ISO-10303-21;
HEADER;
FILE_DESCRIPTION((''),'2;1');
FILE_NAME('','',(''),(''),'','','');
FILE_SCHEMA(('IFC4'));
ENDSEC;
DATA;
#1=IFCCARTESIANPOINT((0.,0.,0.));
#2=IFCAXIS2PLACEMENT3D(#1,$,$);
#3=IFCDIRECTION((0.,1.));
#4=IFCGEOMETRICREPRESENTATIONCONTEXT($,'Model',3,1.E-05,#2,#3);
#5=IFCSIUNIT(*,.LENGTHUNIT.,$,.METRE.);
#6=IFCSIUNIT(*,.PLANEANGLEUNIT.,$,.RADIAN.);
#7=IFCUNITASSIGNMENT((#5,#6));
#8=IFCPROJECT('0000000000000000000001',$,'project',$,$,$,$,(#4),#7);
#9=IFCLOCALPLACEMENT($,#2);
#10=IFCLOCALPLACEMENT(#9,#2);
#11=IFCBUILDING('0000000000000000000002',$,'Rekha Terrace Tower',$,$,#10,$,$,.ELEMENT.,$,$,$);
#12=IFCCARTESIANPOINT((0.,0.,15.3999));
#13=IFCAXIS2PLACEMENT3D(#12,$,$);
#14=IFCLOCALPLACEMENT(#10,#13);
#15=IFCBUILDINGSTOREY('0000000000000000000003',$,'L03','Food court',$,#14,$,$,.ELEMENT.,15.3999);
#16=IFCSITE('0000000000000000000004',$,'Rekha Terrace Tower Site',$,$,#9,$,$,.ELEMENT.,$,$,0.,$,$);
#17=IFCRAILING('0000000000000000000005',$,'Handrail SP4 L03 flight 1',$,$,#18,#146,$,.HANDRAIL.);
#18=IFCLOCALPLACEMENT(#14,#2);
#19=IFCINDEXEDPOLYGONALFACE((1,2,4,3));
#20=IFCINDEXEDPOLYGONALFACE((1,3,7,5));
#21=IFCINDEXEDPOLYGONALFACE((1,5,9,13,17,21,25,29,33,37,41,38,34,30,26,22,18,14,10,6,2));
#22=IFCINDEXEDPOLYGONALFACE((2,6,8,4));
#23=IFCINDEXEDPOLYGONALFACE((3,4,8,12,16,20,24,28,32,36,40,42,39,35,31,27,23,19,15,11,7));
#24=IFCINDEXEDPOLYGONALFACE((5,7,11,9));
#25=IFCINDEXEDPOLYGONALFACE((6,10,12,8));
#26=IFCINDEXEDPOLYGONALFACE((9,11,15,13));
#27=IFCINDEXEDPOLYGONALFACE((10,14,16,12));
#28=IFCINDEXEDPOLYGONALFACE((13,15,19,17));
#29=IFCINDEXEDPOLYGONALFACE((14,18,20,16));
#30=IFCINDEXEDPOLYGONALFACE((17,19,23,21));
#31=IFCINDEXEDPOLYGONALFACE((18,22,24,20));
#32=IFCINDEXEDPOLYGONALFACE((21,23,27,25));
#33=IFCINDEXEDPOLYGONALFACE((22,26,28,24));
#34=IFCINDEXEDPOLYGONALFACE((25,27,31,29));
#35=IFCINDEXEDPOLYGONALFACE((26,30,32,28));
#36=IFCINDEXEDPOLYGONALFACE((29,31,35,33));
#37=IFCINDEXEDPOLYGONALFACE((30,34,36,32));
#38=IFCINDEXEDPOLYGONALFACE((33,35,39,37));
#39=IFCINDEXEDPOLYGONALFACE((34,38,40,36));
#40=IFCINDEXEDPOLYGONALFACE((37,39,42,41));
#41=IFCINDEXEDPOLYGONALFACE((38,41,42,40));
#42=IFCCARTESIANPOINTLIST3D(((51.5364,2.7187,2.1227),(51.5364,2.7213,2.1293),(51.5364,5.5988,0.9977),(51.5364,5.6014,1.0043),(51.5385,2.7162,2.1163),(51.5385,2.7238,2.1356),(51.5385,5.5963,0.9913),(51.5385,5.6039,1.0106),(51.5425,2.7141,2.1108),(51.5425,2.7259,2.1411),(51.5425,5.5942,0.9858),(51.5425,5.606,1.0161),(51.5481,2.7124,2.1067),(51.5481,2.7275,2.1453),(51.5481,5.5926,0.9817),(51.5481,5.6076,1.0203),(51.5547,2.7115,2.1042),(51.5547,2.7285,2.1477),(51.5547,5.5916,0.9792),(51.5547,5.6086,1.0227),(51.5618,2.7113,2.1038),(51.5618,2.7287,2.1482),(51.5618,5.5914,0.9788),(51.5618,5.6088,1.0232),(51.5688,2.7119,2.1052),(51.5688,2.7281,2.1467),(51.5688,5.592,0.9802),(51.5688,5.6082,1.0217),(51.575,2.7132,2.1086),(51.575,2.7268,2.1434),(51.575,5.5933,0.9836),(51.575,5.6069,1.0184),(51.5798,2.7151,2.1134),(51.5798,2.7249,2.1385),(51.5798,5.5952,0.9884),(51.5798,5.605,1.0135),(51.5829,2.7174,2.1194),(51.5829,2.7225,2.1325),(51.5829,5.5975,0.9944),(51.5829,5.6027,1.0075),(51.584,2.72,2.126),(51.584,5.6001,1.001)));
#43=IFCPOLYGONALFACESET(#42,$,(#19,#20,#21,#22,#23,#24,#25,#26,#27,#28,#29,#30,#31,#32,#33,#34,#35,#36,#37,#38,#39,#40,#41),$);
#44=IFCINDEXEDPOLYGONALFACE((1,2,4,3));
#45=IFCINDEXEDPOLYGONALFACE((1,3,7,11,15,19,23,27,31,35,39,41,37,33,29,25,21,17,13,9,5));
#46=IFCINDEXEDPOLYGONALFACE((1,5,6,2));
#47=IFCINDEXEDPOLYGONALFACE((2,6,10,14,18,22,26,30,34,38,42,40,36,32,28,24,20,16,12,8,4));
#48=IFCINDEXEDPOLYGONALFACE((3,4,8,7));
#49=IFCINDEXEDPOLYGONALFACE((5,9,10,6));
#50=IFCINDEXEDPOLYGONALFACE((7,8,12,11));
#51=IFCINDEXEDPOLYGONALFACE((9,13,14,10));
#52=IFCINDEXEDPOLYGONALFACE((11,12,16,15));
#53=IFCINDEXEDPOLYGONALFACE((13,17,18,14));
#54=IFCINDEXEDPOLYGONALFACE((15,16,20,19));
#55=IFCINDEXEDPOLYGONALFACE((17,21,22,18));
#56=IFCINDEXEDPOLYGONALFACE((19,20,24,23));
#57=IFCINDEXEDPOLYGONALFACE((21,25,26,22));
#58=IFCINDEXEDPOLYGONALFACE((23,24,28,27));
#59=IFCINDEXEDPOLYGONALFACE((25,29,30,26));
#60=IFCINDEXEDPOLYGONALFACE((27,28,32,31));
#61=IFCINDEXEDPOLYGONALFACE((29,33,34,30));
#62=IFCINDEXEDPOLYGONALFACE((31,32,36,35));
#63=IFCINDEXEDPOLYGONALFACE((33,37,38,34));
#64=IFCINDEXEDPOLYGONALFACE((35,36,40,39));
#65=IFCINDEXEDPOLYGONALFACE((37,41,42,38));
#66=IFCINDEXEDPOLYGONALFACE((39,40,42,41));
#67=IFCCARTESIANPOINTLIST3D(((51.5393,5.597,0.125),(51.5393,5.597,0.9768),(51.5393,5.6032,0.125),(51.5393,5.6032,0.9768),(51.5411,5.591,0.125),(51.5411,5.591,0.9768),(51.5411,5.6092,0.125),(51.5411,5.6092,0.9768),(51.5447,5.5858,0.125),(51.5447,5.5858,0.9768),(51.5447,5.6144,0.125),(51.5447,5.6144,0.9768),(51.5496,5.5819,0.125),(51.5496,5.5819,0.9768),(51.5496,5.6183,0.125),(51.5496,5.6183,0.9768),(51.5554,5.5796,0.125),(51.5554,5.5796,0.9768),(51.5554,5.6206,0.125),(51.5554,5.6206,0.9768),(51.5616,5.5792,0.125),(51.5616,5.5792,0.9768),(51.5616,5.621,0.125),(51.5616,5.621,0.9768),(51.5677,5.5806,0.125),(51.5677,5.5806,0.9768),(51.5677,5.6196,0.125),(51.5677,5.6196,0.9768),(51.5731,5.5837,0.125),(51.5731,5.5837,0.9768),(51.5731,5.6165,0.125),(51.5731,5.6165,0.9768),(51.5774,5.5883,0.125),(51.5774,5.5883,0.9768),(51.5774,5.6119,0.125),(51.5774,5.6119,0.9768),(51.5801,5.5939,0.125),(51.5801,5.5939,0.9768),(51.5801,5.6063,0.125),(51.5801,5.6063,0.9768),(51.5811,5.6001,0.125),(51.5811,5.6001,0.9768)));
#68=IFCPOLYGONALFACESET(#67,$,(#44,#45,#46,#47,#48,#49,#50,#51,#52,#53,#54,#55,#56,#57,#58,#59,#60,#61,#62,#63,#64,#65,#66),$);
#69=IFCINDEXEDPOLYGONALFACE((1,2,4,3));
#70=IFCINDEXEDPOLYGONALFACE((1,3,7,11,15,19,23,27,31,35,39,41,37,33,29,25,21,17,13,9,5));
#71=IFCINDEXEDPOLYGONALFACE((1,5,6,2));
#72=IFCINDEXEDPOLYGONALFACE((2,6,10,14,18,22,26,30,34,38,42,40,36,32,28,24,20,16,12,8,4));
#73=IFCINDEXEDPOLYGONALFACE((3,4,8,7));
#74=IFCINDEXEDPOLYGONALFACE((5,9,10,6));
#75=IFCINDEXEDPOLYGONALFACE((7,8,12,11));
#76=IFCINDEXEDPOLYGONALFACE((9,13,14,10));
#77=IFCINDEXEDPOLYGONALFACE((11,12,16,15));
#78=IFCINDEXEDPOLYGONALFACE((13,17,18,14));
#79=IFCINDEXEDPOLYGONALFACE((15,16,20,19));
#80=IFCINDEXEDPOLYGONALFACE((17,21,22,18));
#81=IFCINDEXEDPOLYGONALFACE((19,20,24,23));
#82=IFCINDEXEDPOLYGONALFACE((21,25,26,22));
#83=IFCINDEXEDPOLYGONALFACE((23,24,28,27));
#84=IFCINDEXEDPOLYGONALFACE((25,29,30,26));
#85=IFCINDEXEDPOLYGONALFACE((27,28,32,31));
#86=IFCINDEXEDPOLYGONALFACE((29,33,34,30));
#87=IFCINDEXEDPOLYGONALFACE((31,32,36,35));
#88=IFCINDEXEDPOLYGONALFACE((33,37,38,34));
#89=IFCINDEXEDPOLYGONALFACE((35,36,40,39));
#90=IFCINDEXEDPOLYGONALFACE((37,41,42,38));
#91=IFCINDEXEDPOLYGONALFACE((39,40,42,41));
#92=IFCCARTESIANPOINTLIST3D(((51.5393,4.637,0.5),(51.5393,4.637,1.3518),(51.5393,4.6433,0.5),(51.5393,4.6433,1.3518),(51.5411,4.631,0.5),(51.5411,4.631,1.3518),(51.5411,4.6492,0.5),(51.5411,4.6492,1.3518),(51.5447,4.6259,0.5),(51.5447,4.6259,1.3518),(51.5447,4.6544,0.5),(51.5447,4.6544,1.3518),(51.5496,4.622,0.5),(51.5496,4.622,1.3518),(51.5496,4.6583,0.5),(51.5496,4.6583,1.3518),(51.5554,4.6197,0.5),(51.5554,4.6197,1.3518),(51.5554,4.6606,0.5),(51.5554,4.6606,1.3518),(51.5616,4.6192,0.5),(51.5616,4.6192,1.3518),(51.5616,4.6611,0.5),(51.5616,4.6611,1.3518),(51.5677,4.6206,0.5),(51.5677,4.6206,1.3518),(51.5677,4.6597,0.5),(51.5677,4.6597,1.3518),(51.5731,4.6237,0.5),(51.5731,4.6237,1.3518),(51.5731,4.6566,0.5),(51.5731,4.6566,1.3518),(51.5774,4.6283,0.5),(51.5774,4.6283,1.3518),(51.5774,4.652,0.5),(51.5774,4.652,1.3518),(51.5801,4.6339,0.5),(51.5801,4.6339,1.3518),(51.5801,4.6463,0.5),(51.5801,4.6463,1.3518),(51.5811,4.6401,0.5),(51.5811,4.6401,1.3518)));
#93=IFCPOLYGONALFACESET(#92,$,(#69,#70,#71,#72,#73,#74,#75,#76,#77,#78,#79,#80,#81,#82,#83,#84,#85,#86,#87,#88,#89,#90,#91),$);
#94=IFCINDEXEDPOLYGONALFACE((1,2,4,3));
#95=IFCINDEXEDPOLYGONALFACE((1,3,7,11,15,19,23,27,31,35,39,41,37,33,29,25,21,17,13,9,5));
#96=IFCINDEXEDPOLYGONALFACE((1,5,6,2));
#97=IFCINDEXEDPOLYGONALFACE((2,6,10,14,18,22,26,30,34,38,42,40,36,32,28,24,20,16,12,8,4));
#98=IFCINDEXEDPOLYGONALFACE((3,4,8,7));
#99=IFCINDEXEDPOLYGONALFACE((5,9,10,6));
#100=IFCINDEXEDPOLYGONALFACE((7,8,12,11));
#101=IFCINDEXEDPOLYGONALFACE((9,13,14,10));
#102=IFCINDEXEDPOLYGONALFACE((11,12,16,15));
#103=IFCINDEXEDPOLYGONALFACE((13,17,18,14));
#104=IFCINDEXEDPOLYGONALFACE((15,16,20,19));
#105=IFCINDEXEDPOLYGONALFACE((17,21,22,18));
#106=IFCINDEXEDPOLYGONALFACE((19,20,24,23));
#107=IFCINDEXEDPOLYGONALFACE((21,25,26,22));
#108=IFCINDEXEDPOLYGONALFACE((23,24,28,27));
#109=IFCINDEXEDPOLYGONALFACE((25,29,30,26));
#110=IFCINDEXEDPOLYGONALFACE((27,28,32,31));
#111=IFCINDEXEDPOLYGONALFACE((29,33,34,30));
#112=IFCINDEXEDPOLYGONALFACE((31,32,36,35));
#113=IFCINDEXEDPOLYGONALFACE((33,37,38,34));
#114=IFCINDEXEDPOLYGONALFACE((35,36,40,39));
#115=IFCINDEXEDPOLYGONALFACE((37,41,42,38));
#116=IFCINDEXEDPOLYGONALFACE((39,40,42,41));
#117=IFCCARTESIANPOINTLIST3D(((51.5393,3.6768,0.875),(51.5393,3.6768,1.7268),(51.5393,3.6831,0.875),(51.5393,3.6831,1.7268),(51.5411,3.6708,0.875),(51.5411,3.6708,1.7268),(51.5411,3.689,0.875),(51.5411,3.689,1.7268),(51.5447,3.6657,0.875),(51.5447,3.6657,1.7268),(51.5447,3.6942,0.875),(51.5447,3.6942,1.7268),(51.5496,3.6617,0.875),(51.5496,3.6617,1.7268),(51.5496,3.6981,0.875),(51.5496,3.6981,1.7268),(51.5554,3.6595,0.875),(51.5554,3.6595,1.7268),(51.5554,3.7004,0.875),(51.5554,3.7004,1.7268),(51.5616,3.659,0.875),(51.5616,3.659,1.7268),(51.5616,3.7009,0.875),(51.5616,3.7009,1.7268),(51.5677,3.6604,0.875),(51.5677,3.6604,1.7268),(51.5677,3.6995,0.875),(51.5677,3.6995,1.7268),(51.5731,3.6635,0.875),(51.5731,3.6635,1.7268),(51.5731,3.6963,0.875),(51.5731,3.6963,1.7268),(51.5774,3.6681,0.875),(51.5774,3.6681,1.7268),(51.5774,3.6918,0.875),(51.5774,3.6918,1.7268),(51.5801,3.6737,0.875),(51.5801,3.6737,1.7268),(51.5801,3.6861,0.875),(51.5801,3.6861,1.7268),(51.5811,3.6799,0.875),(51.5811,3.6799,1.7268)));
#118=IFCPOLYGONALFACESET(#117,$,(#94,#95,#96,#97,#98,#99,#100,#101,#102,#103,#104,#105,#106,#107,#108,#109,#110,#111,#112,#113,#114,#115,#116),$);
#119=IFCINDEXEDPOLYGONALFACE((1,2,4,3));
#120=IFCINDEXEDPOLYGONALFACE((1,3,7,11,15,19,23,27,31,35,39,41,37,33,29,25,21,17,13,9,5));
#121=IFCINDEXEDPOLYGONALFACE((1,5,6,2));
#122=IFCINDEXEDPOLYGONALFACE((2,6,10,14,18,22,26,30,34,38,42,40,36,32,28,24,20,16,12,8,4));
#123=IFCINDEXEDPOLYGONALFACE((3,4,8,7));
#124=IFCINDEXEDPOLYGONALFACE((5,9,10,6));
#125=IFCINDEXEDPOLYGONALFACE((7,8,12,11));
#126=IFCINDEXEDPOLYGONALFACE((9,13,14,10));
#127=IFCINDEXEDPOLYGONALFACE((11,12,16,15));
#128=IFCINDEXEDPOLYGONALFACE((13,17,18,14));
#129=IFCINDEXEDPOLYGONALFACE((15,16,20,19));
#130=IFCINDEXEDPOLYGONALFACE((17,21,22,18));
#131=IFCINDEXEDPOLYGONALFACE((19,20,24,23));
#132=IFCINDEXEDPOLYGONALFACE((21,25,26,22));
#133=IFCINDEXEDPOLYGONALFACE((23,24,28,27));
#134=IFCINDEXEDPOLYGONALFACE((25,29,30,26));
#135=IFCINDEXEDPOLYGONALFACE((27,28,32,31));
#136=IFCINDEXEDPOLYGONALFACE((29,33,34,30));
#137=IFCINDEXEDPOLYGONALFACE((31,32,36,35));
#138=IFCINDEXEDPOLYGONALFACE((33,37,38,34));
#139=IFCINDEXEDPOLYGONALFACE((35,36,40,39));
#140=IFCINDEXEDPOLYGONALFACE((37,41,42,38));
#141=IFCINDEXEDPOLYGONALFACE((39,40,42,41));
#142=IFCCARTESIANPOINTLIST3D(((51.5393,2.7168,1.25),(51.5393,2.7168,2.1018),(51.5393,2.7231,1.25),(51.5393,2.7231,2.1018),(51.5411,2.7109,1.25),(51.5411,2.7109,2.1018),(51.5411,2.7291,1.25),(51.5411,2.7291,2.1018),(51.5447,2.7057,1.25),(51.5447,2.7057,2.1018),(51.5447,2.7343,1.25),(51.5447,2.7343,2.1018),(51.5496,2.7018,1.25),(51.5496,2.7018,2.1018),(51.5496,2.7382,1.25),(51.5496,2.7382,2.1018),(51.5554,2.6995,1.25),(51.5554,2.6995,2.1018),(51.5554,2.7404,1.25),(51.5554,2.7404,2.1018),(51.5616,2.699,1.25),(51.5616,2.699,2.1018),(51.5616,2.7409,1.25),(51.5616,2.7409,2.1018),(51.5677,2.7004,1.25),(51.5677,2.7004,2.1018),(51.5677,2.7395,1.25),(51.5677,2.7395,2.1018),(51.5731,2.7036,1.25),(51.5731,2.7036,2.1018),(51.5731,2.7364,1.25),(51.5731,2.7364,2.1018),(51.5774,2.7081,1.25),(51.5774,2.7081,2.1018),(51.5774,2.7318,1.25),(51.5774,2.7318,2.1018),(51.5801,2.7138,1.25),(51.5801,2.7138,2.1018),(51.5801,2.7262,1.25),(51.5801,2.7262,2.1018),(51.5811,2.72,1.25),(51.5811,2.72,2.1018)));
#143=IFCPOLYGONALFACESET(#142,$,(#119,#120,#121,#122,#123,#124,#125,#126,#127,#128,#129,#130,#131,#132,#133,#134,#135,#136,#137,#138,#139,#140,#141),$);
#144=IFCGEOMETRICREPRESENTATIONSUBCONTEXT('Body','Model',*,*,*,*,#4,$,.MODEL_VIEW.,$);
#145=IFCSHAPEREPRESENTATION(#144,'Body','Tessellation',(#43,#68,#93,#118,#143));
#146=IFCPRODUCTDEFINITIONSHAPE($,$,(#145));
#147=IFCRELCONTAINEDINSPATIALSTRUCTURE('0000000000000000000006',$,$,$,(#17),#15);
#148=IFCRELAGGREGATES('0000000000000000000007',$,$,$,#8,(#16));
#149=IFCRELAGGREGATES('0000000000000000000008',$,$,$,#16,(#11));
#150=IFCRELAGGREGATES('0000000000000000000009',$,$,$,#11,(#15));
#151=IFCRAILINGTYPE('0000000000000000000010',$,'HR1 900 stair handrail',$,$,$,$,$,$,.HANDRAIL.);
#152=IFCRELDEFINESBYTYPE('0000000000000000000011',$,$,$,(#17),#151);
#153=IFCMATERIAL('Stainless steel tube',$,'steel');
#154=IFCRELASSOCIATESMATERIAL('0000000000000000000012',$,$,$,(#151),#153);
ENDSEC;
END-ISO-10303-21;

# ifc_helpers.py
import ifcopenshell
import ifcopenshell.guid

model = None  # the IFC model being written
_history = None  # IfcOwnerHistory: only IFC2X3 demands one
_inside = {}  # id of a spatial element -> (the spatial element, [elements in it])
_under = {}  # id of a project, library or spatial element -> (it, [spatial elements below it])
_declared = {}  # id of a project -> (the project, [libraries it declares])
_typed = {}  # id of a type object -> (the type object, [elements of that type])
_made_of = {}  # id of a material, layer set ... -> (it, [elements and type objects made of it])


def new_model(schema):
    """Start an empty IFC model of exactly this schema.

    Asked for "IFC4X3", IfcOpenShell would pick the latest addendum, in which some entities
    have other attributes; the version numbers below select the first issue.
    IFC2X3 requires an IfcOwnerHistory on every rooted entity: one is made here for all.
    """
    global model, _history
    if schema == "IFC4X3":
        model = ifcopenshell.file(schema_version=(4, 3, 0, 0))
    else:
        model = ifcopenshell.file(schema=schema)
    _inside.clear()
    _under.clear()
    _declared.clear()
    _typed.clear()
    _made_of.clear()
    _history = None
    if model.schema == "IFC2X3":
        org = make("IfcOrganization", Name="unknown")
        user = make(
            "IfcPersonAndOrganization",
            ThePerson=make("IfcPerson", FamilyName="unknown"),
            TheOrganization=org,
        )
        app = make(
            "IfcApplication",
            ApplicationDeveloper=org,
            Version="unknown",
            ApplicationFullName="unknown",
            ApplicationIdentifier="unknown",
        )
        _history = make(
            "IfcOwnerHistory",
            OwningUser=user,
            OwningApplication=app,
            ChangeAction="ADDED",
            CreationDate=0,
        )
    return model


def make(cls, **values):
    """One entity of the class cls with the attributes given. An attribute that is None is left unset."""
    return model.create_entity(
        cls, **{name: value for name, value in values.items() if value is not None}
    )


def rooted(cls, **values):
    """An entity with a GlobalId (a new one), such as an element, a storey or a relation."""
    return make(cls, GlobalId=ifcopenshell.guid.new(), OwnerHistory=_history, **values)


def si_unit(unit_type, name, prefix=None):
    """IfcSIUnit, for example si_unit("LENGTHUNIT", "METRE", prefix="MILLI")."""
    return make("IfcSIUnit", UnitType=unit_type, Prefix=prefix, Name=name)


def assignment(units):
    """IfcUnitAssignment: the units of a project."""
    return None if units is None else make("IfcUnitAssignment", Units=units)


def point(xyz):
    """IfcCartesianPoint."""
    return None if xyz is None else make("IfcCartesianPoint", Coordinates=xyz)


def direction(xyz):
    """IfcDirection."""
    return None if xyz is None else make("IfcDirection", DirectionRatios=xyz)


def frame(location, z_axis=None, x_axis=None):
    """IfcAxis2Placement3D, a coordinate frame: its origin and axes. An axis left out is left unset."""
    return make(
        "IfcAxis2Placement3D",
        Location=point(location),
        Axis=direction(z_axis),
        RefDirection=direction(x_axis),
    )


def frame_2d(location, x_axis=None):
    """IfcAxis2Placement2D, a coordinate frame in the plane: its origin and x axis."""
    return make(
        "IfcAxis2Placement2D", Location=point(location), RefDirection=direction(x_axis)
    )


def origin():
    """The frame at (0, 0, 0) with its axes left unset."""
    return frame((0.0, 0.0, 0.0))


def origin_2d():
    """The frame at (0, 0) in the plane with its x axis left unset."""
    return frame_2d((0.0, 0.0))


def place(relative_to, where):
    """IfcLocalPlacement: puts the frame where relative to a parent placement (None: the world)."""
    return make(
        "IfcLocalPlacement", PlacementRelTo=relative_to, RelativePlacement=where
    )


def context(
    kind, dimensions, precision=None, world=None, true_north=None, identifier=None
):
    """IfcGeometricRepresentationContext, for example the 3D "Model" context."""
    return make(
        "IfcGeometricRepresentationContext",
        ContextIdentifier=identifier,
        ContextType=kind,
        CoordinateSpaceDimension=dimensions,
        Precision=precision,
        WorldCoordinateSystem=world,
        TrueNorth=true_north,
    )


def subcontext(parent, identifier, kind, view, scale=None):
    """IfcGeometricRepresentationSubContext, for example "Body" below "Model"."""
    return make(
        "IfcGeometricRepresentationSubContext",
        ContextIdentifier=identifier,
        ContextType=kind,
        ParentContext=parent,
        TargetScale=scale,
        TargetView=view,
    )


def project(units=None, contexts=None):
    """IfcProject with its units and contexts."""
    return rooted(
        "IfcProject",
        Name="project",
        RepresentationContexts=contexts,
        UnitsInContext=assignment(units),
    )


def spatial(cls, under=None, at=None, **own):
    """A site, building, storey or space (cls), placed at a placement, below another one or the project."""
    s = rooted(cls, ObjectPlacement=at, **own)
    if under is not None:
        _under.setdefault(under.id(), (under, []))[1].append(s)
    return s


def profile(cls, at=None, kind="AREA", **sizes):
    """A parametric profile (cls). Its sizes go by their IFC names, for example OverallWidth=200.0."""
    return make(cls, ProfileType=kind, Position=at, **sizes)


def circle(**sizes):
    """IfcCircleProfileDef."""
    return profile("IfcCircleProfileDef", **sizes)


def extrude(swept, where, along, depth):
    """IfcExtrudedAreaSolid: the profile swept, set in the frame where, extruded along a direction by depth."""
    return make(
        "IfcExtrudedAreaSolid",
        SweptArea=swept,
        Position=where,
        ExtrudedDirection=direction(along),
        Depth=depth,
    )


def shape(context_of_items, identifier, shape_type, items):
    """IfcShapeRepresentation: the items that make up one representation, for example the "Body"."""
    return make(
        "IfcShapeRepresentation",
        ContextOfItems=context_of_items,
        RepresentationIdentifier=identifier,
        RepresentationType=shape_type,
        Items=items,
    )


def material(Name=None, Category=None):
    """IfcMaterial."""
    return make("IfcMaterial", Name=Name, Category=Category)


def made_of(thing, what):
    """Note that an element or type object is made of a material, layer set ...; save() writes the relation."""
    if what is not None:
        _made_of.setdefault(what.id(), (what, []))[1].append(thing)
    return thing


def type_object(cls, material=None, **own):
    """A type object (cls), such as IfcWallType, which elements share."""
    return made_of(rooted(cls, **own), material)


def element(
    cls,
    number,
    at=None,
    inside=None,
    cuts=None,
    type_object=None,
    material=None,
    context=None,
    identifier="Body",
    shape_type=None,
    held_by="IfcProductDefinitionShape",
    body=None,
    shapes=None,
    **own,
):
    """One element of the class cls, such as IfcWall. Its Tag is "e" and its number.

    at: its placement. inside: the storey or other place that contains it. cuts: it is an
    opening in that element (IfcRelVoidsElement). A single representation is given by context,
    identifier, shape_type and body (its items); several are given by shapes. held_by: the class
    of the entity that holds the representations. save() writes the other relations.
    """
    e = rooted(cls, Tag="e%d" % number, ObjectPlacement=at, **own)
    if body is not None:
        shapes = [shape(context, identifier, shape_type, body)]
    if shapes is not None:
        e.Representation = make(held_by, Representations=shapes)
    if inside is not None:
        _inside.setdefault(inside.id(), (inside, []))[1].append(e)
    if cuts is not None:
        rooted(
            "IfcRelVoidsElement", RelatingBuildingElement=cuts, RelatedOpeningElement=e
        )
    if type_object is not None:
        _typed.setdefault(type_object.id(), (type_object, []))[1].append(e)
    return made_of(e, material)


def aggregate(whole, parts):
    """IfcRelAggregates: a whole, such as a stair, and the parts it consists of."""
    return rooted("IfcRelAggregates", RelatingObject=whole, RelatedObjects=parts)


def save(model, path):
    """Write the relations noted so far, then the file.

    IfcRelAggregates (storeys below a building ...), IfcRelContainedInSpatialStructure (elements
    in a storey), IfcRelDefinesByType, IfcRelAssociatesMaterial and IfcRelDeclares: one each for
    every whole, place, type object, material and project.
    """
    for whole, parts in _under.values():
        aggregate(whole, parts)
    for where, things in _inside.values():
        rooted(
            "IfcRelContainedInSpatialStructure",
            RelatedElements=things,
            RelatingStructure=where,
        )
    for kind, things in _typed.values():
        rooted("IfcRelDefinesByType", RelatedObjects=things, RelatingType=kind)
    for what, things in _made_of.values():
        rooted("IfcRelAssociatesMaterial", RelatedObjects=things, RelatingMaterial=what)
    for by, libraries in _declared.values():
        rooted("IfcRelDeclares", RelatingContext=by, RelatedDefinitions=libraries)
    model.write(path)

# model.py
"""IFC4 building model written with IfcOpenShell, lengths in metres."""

from ifc_helpers import new_model, si_unit, direction, frame, origin, origin_2d, place, context, subcontext, project, spatial, circle, extrude, material, type_object, element, save


model = new_model("IFC4")

# Units and contexts
model_context = context("Model", 3, precision=1e-05, world=origin(), true_north=direction((0.0, 1.0)))
body_context = subcontext(model_context, "Body", "Model", "MODEL_VIEW")
ifc_project = project(units=[si_unit("LENGTHUNIT", "METRE"), si_unit("PLANEANGLEUNIT", "RADIAN")], contexts=[model_context])

# Site, building, storey
site_placement = place(None, origin())
site = spatial("IfcSite", under=ifc_project, at=site_placement, Name="Rekha Terrace Tower Site", CompositionType="ELEMENT", RefElevation=0.0)
building_placement = place(site_placement, origin())
building = spatial("IfcBuilding", under=site, at=building_placement, Name="Rekha Terrace Tower", CompositionType="ELEMENT")
storey_placement = place(building_placement, frame((0.0, 0.0, 15.3999)))
storey = spatial("IfcBuildingStorey", under=building, at=storey_placement, Name="L03", Description="Food court", CompositionType="ELEMENT", Elevation=15.3999)

# Railing
ifc_material_1 = material(Name="Stainless steel tube", Category="steel")
railing_type_1 = type_object("IfcRailingType", Name="HR1 900 stair handrail", PredefinedType="HANDRAIL", material=ifc_material_1)
railing_1_placement = place(storey_placement, frame((51.5601, 5.6001, 0.125)))
element("IfcRailing", 1, at=railing_1_placement, inside=storey, type_object=railing_type_1, Name="Handrail SP4 L03 flight 1", PredefinedType="HANDRAIL", context=body_context, shape_type="SweptSolid", body=[
    extrude(circle(Radius=0.0239, at=origin_2d()), frame((0.0, 0.0, 0.876), z_axis=(0.0, -0.931463, 0.363837), x_axis=(1.0, 0.0, 0.0)), (0.0, 0.0, 1.0), 3.092),
    extrude(circle(Radius=0.021, at=origin_2d()), origin(), (0.0, 0.0, 1.0), 0.8518),
    extrude(circle(Radius=0.021, at=origin_2d()), frame((0.0, -0.96, 0.375)), (0.0, 0.0, 1.0), 0.8518),
    extrude(circle(Radius=0.021, at=origin_2d()), frame((0.0, -1.9202, 0.75)), (0.0, 0.0, 1.0), 0.8518),
    extrude(circle(Radius=0.021, at=origin_2d()), frame((0.0, -2.8801, 1.125)), (0.0, 0.0, 1.0), 0.8518),
])

save(model, "model.ifc")
